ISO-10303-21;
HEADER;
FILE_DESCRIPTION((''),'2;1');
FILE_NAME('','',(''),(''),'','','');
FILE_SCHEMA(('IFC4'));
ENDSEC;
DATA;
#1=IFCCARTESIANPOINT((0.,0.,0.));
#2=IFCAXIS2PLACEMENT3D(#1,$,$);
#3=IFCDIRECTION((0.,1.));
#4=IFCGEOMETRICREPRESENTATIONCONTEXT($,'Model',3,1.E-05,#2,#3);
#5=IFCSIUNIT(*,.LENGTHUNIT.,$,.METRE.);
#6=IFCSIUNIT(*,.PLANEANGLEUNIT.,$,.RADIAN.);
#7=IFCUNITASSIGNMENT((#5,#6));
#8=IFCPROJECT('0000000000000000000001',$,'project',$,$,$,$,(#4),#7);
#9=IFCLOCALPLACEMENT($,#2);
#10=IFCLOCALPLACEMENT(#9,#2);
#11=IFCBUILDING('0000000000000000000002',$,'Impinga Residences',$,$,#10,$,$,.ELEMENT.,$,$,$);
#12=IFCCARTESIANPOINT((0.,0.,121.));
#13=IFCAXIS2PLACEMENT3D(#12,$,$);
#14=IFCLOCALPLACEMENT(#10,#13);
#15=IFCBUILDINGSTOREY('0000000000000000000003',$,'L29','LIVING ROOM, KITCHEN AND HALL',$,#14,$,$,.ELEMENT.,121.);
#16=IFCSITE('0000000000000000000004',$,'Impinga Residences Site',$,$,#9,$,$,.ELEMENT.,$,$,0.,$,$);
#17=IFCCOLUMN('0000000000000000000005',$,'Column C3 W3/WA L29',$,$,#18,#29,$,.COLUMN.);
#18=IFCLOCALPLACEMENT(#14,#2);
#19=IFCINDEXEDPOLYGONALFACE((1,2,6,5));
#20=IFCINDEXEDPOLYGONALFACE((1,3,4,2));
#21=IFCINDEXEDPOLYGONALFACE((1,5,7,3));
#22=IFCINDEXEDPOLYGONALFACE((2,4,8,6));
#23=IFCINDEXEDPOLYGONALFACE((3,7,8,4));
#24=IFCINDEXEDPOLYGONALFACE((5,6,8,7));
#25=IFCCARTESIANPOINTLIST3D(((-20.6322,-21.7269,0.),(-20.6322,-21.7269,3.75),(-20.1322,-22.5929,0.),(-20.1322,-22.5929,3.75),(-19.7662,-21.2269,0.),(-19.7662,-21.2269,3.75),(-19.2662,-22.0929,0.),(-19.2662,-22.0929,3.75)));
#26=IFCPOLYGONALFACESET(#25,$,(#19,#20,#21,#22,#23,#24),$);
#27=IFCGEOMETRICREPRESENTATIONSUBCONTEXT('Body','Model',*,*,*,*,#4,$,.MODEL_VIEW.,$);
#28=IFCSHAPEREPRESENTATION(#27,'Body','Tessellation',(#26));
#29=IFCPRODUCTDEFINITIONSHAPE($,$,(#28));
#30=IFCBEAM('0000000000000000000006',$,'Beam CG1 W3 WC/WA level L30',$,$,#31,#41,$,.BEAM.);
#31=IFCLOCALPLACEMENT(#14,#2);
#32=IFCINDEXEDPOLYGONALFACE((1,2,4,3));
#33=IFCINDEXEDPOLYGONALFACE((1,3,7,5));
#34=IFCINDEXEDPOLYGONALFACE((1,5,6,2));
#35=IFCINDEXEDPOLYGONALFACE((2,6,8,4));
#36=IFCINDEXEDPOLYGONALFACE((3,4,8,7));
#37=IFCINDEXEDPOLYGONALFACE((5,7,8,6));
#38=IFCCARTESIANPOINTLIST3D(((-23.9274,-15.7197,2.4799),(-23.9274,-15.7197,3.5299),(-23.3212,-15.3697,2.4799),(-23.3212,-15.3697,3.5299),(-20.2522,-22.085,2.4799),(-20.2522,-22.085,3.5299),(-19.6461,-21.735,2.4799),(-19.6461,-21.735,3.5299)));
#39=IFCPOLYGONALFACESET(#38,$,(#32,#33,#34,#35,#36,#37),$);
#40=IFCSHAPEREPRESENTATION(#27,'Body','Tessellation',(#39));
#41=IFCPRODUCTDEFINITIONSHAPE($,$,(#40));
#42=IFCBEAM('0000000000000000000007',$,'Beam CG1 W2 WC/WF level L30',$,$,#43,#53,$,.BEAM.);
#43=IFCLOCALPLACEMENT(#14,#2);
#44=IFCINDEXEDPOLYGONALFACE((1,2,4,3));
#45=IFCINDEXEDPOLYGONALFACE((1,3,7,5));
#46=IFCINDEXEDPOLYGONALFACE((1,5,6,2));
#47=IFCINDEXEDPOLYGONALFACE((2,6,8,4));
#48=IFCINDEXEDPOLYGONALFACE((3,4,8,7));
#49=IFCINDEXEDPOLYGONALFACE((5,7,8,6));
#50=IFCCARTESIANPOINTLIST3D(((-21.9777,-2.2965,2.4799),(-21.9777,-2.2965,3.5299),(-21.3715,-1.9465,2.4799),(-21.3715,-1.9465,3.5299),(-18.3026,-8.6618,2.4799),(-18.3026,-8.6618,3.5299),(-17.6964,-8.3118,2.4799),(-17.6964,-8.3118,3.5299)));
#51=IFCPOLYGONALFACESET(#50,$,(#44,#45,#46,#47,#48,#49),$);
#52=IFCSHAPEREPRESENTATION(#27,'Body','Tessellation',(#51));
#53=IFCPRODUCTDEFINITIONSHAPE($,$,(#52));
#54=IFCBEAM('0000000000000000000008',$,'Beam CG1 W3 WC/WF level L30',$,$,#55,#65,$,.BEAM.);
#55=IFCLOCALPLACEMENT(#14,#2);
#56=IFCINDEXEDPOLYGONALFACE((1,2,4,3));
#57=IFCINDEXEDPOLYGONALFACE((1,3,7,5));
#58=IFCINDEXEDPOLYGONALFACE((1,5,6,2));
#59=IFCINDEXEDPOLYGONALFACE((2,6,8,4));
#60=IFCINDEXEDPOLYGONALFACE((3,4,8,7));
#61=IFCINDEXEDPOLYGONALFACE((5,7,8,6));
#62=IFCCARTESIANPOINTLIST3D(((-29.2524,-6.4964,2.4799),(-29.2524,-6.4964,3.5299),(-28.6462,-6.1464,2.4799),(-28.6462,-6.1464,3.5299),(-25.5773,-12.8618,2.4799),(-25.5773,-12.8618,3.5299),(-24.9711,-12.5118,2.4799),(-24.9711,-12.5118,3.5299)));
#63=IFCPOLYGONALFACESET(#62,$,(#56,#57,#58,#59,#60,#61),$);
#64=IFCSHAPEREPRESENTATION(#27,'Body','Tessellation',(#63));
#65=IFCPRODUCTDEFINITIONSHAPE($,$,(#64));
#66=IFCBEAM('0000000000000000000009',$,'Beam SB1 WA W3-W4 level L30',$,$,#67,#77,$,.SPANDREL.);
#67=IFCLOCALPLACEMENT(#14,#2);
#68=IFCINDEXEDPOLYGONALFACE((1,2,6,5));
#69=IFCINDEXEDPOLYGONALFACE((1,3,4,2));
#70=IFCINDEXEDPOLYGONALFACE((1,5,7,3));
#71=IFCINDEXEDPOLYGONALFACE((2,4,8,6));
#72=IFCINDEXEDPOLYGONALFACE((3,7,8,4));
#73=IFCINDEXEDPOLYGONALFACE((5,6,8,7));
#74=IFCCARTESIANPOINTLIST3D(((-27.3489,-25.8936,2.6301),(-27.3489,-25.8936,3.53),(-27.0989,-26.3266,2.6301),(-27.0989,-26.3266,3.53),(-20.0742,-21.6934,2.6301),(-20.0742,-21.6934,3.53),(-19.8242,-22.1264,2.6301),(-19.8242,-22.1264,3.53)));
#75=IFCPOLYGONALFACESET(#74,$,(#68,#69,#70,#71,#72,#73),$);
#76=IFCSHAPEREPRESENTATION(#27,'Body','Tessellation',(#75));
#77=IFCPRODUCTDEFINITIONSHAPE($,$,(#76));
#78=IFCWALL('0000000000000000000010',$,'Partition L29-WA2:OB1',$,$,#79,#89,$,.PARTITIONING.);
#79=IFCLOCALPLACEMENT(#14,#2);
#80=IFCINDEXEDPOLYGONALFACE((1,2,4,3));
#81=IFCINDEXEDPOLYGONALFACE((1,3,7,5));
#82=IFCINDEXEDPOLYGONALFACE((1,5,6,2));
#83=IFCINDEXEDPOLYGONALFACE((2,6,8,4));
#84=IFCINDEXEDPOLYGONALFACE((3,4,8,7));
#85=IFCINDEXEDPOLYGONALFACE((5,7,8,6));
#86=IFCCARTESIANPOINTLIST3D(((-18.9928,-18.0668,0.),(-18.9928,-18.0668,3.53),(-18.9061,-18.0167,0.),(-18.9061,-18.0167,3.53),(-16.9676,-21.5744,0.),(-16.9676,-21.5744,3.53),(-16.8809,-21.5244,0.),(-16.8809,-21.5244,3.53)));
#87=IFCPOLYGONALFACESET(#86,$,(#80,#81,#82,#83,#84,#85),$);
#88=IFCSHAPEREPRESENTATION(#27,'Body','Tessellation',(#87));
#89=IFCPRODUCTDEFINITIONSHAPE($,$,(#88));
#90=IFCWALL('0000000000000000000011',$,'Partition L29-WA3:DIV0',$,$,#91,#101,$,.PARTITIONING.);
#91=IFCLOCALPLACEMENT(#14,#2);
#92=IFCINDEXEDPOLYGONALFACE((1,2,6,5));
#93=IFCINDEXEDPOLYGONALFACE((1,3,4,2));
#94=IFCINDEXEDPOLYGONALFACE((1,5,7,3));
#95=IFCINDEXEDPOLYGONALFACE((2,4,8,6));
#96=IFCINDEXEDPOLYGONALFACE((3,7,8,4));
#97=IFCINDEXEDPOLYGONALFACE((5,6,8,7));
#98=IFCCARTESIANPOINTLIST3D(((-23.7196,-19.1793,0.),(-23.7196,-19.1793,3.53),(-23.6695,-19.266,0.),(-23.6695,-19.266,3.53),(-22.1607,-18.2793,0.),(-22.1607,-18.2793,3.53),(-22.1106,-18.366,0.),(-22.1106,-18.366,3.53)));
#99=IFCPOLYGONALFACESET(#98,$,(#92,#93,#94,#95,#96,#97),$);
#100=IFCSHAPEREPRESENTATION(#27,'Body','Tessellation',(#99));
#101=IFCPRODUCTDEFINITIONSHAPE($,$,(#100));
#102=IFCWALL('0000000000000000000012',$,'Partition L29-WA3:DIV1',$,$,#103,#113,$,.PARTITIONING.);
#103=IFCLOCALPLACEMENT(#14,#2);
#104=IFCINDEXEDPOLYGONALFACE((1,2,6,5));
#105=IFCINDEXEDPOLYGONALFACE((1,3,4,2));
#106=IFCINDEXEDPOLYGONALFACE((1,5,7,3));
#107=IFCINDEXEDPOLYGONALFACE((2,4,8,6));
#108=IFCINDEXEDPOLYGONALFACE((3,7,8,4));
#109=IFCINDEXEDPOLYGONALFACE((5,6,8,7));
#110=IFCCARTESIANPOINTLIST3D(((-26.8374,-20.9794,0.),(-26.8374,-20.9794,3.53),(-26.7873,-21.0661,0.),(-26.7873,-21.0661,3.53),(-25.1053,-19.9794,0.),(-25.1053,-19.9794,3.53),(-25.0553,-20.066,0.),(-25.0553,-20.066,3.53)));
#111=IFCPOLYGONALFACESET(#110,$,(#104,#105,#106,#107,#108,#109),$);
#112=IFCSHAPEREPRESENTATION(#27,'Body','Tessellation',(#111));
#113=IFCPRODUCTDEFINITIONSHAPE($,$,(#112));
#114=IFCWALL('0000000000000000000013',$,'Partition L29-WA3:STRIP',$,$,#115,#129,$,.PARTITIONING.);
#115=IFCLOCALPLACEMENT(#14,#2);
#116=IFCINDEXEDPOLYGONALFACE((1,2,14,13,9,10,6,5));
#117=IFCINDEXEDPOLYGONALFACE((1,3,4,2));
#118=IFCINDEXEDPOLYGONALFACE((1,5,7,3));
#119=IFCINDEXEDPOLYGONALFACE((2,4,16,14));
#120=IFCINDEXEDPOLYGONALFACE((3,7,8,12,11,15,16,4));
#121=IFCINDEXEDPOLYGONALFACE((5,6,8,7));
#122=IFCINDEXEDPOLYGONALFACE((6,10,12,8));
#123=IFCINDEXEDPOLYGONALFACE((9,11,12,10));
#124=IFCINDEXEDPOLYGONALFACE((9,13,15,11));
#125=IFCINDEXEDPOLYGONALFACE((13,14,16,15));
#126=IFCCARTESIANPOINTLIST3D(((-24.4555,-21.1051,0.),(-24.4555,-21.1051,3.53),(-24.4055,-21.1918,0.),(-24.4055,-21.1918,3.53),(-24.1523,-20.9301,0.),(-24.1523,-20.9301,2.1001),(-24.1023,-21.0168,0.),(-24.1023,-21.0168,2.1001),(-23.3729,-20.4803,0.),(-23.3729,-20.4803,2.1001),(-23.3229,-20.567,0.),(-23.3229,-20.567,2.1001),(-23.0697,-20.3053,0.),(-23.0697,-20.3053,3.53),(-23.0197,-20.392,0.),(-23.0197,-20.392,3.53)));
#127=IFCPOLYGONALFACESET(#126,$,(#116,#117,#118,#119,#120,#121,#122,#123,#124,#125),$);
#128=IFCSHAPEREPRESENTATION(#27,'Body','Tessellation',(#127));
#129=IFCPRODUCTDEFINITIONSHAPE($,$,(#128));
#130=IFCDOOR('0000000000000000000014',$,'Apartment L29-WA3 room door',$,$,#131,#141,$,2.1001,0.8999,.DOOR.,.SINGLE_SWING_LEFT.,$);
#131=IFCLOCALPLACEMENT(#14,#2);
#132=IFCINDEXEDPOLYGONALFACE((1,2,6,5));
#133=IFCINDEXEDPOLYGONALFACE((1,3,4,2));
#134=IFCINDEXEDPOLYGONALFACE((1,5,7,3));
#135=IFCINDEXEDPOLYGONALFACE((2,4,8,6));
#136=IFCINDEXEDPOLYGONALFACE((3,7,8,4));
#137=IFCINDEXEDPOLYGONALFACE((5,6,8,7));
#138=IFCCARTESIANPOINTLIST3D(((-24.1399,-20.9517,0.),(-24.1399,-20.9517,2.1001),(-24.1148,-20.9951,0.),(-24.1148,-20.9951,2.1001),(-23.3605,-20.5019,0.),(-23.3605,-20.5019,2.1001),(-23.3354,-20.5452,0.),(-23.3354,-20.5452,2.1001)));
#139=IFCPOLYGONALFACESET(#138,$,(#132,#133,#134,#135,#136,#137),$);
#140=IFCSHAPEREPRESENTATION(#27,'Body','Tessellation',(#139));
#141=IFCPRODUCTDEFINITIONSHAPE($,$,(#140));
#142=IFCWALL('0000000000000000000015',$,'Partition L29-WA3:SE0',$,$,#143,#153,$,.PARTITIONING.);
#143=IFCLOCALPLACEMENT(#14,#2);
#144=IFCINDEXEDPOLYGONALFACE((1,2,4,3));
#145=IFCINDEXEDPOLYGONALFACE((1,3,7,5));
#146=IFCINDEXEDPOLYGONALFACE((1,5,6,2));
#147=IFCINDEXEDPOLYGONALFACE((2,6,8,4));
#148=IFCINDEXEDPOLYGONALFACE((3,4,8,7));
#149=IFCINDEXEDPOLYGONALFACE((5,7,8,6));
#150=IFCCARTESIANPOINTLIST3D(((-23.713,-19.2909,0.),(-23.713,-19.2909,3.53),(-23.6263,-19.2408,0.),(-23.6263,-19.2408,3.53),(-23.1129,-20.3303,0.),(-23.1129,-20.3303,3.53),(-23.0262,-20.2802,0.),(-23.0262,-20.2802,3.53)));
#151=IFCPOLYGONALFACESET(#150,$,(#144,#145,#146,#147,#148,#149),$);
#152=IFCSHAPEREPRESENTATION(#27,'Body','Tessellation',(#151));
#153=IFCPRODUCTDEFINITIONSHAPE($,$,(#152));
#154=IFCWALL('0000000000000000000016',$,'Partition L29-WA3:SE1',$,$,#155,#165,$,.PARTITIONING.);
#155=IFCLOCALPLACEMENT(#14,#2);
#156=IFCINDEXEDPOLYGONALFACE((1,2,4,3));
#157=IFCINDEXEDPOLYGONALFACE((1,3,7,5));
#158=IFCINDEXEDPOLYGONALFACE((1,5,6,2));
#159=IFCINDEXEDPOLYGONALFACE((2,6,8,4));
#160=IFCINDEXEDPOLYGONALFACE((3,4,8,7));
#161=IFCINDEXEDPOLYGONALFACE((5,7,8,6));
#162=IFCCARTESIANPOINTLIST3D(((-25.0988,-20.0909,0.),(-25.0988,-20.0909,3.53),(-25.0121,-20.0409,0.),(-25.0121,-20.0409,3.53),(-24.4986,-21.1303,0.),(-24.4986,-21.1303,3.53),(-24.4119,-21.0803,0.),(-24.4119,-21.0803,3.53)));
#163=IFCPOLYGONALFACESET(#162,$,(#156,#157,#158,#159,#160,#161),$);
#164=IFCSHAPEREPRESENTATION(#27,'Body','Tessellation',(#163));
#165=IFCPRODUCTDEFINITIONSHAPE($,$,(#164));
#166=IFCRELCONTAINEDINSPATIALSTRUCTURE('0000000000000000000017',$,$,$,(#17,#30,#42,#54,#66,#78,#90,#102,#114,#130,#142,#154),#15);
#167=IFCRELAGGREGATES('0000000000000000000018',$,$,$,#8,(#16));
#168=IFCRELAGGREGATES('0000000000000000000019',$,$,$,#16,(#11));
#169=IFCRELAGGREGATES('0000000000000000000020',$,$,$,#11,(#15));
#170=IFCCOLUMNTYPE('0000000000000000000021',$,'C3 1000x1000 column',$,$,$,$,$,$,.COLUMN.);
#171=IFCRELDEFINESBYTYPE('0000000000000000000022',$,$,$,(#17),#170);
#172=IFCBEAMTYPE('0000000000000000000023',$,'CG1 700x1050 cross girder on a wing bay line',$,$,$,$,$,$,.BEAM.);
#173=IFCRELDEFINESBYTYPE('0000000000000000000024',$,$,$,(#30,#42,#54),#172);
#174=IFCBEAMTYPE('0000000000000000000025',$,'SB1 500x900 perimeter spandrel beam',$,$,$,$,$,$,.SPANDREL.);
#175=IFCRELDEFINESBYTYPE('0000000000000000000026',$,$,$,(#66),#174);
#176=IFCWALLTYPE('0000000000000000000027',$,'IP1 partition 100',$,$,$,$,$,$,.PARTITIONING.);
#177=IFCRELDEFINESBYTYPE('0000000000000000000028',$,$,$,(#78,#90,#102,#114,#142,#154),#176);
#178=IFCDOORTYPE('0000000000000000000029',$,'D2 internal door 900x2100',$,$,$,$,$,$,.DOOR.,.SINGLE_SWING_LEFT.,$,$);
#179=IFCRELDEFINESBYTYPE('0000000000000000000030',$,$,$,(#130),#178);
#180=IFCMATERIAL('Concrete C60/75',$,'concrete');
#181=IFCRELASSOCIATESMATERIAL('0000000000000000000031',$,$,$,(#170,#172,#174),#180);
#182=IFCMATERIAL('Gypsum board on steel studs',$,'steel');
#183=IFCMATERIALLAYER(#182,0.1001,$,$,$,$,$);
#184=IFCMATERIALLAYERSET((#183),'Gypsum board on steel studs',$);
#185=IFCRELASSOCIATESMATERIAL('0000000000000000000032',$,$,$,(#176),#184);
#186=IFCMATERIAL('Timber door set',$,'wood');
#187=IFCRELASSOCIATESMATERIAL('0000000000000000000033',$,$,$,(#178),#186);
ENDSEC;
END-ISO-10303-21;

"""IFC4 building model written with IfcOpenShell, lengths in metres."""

from ifc_helpers import new_model, si_unit, direction, frame, frame_2d, origin, origin_2d, place, context, subcontext, project, spatial, rectangle, extrude, material, layer, layer_set, material_profile, profile_set, type_object, element, fill, save


model = new_model("IFC4")

# Units and contexts
model_context = context("Model", 3, precision=1e-05, world=origin(), true_north=direction((0.0, 1.0)))
body_context = subcontext(model_context, "Body", "Model", "MODEL_VIEW")
ifc_project = project(units=[si_unit("LENGTHUNIT", "METRE"), si_unit("PLANEANGLEUNIT", "RADIAN")], contexts=[model_context])

# Site, building, storey
site_placement = place(None, origin())
site = spatial("IfcSite", under=ifc_project, at=site_placement, Name="Impinga Residences Site", CompositionType="ELEMENT", RefElevation=0.0)
building_placement = place(site_placement, origin())
building = spatial("IfcBuilding", under=site, at=building_placement, Name="Impinga Residences", CompositionType="ELEMENT")
storey_placement = place(building_placement, frame((0.0, 0.0, 121.0)))
storey = spatial("IfcBuildingStorey", under=building, at=storey_placement, Name="L29", Description="LIVING ROOM, KITCHEN AND HALL", CompositionType="ELEMENT", Elevation=121.0)

# Column
ifc_material_1 = material(Name="Concrete C60/75", Category="concrete")
ifc_material_profile_1 = material_profile(ifc_material_1, rectangle(XDim=1.0, YDim=1.0, at=origin_2d()), Name="RC 1000x1000")
ifc_profile_set_1 = profile_set([ifc_material_profile_1], Name="Concrete C60/75")
column_type = type_object("IfcColumnType", Name="C3 1000x1000 column", PredefinedType="COLUMN", material=ifc_profile_set_1)
column_placement = place(storey_placement, frame((-19.9492, -21.9099, 0.0), z_axis=(0.0, 0.0, 1.0), x_axis=(-0.5, 0.866025, 0.0)))
element("IfcColumn", 1, at=column_placement, inside=storey, type_object=column_type, Name="Column C3 W3/WA L29", PredefinedType="COLUMN", context=body_context, shape_type="SweptSolid", body=[
    extrude(rectangle(XDim=1.0, YDim=1.0, at=origin_2d()), origin(), (0.0, 0.0, 1.0), 3.75),
])

# Beams
ifc_material_profile_2 = material_profile(ifc_material_1, rectangle(XDim=0.7, YDim=1.05, at=origin_2d()), Name="RC 700x1050")
ifc_profile_set_2 = profile_set([ifc_material_profile_2], Name="Concrete C60/75")
beam_type_1 = type_object("IfcBeamType", Name="CG1 700x1050 cross girder on a wing bay line", PredefinedType="BEAM", material=ifc_profile_set_2)
for number, where, z_axis, x_axis, name in (
    (2, (-23.6243, -15.5447, 3.0049), (0.500008, -0.866021, 0.0), (0.866021, 0.500008, 0.0), "Beam CG1 W3 WC/WA level L30"),
    (3, (-17.9995, -8.4868, 3.0049), (-0.500008, 0.866021, 0.0), (-0.866021, -0.500008, 0.0), "Beam CG1 W2 WC/WF level L30"),
    (4, (-25.2742, -12.6868, 3.0049), (-0.500008, 0.866021, 0.0), (-0.866021, -0.500008, 0.0), "Beam CG1 W3 WC/WF level L30"),
):
    element("IfcBeam", number, at=place(storey_placement, frame(where, z_axis=z_axis, x_axis=x_axis)), inside=storey, type_object=beam_type_1, Name=name, PredefinedType="BEAM", context=body_context, shape_type="SweptSolid", body=[
        extrude(rectangle(XDim=0.7, YDim=1.05, at=origin_2d()), origin(), (0.0, 0.0, 1.0), 7.3501),
    ])
ifc_material_profile_3 = material_profile(ifc_material_1, rectangle(XDim=0.5, YDim=0.8999, at=origin_2d()), Name="RC 500x900")
ifc_profile_set_3 = profile_set([ifc_material_profile_3], Name="Concrete C60/75")
beam_type_2 = type_object("IfcBeamType", Name="SB1 500x900 perimeter spandrel beam", PredefinedType="SPANDREL", material=ifc_profile_set_3)
beam_placement = place(storey_placement, frame((-19.9492, -21.9099, 3.0801), z_axis=(-0.866017, -0.500015, 0.0), x_axis=(0.500015, -0.866017, 0.0)))
element("IfcBeam", 5, at=beam_placement, inside=storey, type_object=beam_type_2, Name="Beam SB1 WA W3-W4 level L30", PredefinedType="SPANDREL", context=body_context, shape_type="SweptSolid", body=[
    extrude(rectangle(XDim=0.5, YDim=0.8999, at=origin_2d()), origin(), (0.0, 0.0, 1.0), 8.4001),
])

# Walls
ifc_material_2 = material(Name="Gypsum board on steel studs", Category="steel")
ifc_layer_1 = layer(ifc_material_2, 0.1001)
ifc_layer_set_1 = layer_set([ifc_layer_1], Name="Gypsum board on steel studs")
wall_type_1 = type_object("IfcWallType", Name="IP1 partition 100", PredefinedType="PARTITIONING", material=ifc_layer_set_1)
wall_1_placement = place(storey_placement, frame((-18.9495, -18.0417, 0.0), z_axis=(0.0, 0.0, 1.0), x_axis=(0.500009, -0.86602, 0.0)))
element("IfcWall", 6, at=wall_1_placement, inside=storey, type_object=wall_type_1, Name="Partition L29-WA2:OB1", PredefinedType="PARTITIONING", context=body_context, shape_type="SweptSolid", body=[
    extrude(rectangle(XDim=4.0503, YDim=0.1001, at=frame_2d((2.0251, 0.0))), origin(), (0.0, 0.0, 1.0), 3.53),
])
wall_2_placement = place(storey_placement, frame((-22.1357, -18.3228, 0.0), z_axis=(0.0, 0.0, 1.0), x_axis=(-0.866048, -0.499961, 0.0)))
element("IfcWall", 7, at=wall_2_placement, inside=storey, type_object=wall_type_1, Name="Partition L29-WA3:DIV0", PredefinedType="PARTITIONING", context=body_context, shape_type="SweptSolid", body=[
    extrude(rectangle(XDim=1.8, YDim=0.1001, at=frame_2d((0.8999, 0.0))), origin(), (0.0, 0.0, 1.0), 3.53),
])
wall_3_placement = place(storey_placement, frame((-25.0803, -20.0227, 0.0), z_axis=(0.0, 0.0, 1.0), x_axis=(-0.866011, -0.500025, 0.0)))
element("IfcWall", 8, at=wall_3_placement, inside=storey, type_object=wall_type_1, Name="Partition L29-WA3:DIV1", PredefinedType="PARTITIONING", context=body_context, shape_type="SweptSolid", body=[
    extrude(rectangle(XDim=2.0, YDim=0.1001, at=frame_2d((1.0, 0.0))), origin(), (0.0, 0.0, 1.0), 3.53),
])

# Wall, opening, door
wall_4_placement = place(storey_placement, frame((-23.0447, -20.3486, 0.0), z_axis=(0.0, 0.0, 1.0), x_axis=(-0.866094, -0.499881, 0.0)))
wall_4 = element("IfcWall", 9, at=wall_4_placement, inside=storey, type_object=wall_type_1, Name="Partition L29-WA3:STRIP", PredefinedType="PARTITIONING", context=body_context, shape_type="SweptSolid", body=[
    extrude(rectangle(XDim=1.6001, YDim=0.1001, at=frame_2d((0.8, 0.0))), origin(), (0.0, 0.0, 1.0), 3.53),
])
opening_1_placement = place(wall_4_placement, frame((0.3501, 0.0, 0.0)))
opening_1 = element("IfcOpeningElement", 10, at=opening_1_placement, cuts=wall_4, PredefinedType="OPENING", context=body_context, shape_type="SweptSolid", body=[
    extrude(rectangle(XDim=0.8999, YDim=2.1001, at=frame_2d((0.45, 1.05))), frame((0.0, 0.0601, 0.0), z_axis=(0.0, -1.0, 0.0), x_axis=(1.0, 0.0, 0.0)), (0.0, 0.0, 1.0), 0.1201),
])
ifc_material_3 = material(Name="Timber door set", Category="wood")
door_type = type_object("IfcDoorType", Name="D2 internal door 900x2100", OperationType="SINGLE_SWING_LEFT", PredefinedType="DOOR", material=ifc_material_3)
door_1_placement = place(opening_1_placement, origin())
door_1 = element("IfcDoor", 11, at=door_1_placement, inside=storey, type_object=door_type, Name="Apartment L29-WA3 room door", OperationType="SINGLE_SWING_LEFT", OverallHeight=2.1001, OverallWidth=0.8999, PredefinedType="DOOR", context=body_context, shape_type="SweptSolid", body=[
    extrude(rectangle(XDim=0.8999, YDim=2.1001, at=frame_2d((0.45, 1.05))), frame((0.0, 0.0249, 0.0), z_axis=(0.0, -1.0, 0.0), x_axis=(1.0, 0.0, 0.0)), (0.0, 0.0, 1.0), 0.05),
])
fill(opening_1, door_1)

# Walls
for number, where, z_axis, x_axis, name in (
    (12, (-23.6697, -19.2659, 0.0), (0.0, 0.0, 1.0), (0.500034, -0.866006, 0.0), "Partition L29-WA3:SE0"),
    (13, (-25.0554, -20.0659, 0.0), (0.0, 0.0, 1.0), (0.500034, -0.866006, 0.0), "Partition L29-WA3:SE1"),
):
    element("IfcWall", number, at=place(storey_placement, frame(where, z_axis=z_axis, x_axis=x_axis)), inside=storey, type_object=wall_type_1, Name=name, PredefinedType="PARTITIONING", context=body_context, shape_type="SweptSolid", body=[
        extrude(rectangle(XDim=1.2002, YDim=0.1001, at=frame_2d((0.6001, 0.0))), origin(), (0.0, 0.0, 1.0), 3.53),
    ])

save(model, "model.ifc")
